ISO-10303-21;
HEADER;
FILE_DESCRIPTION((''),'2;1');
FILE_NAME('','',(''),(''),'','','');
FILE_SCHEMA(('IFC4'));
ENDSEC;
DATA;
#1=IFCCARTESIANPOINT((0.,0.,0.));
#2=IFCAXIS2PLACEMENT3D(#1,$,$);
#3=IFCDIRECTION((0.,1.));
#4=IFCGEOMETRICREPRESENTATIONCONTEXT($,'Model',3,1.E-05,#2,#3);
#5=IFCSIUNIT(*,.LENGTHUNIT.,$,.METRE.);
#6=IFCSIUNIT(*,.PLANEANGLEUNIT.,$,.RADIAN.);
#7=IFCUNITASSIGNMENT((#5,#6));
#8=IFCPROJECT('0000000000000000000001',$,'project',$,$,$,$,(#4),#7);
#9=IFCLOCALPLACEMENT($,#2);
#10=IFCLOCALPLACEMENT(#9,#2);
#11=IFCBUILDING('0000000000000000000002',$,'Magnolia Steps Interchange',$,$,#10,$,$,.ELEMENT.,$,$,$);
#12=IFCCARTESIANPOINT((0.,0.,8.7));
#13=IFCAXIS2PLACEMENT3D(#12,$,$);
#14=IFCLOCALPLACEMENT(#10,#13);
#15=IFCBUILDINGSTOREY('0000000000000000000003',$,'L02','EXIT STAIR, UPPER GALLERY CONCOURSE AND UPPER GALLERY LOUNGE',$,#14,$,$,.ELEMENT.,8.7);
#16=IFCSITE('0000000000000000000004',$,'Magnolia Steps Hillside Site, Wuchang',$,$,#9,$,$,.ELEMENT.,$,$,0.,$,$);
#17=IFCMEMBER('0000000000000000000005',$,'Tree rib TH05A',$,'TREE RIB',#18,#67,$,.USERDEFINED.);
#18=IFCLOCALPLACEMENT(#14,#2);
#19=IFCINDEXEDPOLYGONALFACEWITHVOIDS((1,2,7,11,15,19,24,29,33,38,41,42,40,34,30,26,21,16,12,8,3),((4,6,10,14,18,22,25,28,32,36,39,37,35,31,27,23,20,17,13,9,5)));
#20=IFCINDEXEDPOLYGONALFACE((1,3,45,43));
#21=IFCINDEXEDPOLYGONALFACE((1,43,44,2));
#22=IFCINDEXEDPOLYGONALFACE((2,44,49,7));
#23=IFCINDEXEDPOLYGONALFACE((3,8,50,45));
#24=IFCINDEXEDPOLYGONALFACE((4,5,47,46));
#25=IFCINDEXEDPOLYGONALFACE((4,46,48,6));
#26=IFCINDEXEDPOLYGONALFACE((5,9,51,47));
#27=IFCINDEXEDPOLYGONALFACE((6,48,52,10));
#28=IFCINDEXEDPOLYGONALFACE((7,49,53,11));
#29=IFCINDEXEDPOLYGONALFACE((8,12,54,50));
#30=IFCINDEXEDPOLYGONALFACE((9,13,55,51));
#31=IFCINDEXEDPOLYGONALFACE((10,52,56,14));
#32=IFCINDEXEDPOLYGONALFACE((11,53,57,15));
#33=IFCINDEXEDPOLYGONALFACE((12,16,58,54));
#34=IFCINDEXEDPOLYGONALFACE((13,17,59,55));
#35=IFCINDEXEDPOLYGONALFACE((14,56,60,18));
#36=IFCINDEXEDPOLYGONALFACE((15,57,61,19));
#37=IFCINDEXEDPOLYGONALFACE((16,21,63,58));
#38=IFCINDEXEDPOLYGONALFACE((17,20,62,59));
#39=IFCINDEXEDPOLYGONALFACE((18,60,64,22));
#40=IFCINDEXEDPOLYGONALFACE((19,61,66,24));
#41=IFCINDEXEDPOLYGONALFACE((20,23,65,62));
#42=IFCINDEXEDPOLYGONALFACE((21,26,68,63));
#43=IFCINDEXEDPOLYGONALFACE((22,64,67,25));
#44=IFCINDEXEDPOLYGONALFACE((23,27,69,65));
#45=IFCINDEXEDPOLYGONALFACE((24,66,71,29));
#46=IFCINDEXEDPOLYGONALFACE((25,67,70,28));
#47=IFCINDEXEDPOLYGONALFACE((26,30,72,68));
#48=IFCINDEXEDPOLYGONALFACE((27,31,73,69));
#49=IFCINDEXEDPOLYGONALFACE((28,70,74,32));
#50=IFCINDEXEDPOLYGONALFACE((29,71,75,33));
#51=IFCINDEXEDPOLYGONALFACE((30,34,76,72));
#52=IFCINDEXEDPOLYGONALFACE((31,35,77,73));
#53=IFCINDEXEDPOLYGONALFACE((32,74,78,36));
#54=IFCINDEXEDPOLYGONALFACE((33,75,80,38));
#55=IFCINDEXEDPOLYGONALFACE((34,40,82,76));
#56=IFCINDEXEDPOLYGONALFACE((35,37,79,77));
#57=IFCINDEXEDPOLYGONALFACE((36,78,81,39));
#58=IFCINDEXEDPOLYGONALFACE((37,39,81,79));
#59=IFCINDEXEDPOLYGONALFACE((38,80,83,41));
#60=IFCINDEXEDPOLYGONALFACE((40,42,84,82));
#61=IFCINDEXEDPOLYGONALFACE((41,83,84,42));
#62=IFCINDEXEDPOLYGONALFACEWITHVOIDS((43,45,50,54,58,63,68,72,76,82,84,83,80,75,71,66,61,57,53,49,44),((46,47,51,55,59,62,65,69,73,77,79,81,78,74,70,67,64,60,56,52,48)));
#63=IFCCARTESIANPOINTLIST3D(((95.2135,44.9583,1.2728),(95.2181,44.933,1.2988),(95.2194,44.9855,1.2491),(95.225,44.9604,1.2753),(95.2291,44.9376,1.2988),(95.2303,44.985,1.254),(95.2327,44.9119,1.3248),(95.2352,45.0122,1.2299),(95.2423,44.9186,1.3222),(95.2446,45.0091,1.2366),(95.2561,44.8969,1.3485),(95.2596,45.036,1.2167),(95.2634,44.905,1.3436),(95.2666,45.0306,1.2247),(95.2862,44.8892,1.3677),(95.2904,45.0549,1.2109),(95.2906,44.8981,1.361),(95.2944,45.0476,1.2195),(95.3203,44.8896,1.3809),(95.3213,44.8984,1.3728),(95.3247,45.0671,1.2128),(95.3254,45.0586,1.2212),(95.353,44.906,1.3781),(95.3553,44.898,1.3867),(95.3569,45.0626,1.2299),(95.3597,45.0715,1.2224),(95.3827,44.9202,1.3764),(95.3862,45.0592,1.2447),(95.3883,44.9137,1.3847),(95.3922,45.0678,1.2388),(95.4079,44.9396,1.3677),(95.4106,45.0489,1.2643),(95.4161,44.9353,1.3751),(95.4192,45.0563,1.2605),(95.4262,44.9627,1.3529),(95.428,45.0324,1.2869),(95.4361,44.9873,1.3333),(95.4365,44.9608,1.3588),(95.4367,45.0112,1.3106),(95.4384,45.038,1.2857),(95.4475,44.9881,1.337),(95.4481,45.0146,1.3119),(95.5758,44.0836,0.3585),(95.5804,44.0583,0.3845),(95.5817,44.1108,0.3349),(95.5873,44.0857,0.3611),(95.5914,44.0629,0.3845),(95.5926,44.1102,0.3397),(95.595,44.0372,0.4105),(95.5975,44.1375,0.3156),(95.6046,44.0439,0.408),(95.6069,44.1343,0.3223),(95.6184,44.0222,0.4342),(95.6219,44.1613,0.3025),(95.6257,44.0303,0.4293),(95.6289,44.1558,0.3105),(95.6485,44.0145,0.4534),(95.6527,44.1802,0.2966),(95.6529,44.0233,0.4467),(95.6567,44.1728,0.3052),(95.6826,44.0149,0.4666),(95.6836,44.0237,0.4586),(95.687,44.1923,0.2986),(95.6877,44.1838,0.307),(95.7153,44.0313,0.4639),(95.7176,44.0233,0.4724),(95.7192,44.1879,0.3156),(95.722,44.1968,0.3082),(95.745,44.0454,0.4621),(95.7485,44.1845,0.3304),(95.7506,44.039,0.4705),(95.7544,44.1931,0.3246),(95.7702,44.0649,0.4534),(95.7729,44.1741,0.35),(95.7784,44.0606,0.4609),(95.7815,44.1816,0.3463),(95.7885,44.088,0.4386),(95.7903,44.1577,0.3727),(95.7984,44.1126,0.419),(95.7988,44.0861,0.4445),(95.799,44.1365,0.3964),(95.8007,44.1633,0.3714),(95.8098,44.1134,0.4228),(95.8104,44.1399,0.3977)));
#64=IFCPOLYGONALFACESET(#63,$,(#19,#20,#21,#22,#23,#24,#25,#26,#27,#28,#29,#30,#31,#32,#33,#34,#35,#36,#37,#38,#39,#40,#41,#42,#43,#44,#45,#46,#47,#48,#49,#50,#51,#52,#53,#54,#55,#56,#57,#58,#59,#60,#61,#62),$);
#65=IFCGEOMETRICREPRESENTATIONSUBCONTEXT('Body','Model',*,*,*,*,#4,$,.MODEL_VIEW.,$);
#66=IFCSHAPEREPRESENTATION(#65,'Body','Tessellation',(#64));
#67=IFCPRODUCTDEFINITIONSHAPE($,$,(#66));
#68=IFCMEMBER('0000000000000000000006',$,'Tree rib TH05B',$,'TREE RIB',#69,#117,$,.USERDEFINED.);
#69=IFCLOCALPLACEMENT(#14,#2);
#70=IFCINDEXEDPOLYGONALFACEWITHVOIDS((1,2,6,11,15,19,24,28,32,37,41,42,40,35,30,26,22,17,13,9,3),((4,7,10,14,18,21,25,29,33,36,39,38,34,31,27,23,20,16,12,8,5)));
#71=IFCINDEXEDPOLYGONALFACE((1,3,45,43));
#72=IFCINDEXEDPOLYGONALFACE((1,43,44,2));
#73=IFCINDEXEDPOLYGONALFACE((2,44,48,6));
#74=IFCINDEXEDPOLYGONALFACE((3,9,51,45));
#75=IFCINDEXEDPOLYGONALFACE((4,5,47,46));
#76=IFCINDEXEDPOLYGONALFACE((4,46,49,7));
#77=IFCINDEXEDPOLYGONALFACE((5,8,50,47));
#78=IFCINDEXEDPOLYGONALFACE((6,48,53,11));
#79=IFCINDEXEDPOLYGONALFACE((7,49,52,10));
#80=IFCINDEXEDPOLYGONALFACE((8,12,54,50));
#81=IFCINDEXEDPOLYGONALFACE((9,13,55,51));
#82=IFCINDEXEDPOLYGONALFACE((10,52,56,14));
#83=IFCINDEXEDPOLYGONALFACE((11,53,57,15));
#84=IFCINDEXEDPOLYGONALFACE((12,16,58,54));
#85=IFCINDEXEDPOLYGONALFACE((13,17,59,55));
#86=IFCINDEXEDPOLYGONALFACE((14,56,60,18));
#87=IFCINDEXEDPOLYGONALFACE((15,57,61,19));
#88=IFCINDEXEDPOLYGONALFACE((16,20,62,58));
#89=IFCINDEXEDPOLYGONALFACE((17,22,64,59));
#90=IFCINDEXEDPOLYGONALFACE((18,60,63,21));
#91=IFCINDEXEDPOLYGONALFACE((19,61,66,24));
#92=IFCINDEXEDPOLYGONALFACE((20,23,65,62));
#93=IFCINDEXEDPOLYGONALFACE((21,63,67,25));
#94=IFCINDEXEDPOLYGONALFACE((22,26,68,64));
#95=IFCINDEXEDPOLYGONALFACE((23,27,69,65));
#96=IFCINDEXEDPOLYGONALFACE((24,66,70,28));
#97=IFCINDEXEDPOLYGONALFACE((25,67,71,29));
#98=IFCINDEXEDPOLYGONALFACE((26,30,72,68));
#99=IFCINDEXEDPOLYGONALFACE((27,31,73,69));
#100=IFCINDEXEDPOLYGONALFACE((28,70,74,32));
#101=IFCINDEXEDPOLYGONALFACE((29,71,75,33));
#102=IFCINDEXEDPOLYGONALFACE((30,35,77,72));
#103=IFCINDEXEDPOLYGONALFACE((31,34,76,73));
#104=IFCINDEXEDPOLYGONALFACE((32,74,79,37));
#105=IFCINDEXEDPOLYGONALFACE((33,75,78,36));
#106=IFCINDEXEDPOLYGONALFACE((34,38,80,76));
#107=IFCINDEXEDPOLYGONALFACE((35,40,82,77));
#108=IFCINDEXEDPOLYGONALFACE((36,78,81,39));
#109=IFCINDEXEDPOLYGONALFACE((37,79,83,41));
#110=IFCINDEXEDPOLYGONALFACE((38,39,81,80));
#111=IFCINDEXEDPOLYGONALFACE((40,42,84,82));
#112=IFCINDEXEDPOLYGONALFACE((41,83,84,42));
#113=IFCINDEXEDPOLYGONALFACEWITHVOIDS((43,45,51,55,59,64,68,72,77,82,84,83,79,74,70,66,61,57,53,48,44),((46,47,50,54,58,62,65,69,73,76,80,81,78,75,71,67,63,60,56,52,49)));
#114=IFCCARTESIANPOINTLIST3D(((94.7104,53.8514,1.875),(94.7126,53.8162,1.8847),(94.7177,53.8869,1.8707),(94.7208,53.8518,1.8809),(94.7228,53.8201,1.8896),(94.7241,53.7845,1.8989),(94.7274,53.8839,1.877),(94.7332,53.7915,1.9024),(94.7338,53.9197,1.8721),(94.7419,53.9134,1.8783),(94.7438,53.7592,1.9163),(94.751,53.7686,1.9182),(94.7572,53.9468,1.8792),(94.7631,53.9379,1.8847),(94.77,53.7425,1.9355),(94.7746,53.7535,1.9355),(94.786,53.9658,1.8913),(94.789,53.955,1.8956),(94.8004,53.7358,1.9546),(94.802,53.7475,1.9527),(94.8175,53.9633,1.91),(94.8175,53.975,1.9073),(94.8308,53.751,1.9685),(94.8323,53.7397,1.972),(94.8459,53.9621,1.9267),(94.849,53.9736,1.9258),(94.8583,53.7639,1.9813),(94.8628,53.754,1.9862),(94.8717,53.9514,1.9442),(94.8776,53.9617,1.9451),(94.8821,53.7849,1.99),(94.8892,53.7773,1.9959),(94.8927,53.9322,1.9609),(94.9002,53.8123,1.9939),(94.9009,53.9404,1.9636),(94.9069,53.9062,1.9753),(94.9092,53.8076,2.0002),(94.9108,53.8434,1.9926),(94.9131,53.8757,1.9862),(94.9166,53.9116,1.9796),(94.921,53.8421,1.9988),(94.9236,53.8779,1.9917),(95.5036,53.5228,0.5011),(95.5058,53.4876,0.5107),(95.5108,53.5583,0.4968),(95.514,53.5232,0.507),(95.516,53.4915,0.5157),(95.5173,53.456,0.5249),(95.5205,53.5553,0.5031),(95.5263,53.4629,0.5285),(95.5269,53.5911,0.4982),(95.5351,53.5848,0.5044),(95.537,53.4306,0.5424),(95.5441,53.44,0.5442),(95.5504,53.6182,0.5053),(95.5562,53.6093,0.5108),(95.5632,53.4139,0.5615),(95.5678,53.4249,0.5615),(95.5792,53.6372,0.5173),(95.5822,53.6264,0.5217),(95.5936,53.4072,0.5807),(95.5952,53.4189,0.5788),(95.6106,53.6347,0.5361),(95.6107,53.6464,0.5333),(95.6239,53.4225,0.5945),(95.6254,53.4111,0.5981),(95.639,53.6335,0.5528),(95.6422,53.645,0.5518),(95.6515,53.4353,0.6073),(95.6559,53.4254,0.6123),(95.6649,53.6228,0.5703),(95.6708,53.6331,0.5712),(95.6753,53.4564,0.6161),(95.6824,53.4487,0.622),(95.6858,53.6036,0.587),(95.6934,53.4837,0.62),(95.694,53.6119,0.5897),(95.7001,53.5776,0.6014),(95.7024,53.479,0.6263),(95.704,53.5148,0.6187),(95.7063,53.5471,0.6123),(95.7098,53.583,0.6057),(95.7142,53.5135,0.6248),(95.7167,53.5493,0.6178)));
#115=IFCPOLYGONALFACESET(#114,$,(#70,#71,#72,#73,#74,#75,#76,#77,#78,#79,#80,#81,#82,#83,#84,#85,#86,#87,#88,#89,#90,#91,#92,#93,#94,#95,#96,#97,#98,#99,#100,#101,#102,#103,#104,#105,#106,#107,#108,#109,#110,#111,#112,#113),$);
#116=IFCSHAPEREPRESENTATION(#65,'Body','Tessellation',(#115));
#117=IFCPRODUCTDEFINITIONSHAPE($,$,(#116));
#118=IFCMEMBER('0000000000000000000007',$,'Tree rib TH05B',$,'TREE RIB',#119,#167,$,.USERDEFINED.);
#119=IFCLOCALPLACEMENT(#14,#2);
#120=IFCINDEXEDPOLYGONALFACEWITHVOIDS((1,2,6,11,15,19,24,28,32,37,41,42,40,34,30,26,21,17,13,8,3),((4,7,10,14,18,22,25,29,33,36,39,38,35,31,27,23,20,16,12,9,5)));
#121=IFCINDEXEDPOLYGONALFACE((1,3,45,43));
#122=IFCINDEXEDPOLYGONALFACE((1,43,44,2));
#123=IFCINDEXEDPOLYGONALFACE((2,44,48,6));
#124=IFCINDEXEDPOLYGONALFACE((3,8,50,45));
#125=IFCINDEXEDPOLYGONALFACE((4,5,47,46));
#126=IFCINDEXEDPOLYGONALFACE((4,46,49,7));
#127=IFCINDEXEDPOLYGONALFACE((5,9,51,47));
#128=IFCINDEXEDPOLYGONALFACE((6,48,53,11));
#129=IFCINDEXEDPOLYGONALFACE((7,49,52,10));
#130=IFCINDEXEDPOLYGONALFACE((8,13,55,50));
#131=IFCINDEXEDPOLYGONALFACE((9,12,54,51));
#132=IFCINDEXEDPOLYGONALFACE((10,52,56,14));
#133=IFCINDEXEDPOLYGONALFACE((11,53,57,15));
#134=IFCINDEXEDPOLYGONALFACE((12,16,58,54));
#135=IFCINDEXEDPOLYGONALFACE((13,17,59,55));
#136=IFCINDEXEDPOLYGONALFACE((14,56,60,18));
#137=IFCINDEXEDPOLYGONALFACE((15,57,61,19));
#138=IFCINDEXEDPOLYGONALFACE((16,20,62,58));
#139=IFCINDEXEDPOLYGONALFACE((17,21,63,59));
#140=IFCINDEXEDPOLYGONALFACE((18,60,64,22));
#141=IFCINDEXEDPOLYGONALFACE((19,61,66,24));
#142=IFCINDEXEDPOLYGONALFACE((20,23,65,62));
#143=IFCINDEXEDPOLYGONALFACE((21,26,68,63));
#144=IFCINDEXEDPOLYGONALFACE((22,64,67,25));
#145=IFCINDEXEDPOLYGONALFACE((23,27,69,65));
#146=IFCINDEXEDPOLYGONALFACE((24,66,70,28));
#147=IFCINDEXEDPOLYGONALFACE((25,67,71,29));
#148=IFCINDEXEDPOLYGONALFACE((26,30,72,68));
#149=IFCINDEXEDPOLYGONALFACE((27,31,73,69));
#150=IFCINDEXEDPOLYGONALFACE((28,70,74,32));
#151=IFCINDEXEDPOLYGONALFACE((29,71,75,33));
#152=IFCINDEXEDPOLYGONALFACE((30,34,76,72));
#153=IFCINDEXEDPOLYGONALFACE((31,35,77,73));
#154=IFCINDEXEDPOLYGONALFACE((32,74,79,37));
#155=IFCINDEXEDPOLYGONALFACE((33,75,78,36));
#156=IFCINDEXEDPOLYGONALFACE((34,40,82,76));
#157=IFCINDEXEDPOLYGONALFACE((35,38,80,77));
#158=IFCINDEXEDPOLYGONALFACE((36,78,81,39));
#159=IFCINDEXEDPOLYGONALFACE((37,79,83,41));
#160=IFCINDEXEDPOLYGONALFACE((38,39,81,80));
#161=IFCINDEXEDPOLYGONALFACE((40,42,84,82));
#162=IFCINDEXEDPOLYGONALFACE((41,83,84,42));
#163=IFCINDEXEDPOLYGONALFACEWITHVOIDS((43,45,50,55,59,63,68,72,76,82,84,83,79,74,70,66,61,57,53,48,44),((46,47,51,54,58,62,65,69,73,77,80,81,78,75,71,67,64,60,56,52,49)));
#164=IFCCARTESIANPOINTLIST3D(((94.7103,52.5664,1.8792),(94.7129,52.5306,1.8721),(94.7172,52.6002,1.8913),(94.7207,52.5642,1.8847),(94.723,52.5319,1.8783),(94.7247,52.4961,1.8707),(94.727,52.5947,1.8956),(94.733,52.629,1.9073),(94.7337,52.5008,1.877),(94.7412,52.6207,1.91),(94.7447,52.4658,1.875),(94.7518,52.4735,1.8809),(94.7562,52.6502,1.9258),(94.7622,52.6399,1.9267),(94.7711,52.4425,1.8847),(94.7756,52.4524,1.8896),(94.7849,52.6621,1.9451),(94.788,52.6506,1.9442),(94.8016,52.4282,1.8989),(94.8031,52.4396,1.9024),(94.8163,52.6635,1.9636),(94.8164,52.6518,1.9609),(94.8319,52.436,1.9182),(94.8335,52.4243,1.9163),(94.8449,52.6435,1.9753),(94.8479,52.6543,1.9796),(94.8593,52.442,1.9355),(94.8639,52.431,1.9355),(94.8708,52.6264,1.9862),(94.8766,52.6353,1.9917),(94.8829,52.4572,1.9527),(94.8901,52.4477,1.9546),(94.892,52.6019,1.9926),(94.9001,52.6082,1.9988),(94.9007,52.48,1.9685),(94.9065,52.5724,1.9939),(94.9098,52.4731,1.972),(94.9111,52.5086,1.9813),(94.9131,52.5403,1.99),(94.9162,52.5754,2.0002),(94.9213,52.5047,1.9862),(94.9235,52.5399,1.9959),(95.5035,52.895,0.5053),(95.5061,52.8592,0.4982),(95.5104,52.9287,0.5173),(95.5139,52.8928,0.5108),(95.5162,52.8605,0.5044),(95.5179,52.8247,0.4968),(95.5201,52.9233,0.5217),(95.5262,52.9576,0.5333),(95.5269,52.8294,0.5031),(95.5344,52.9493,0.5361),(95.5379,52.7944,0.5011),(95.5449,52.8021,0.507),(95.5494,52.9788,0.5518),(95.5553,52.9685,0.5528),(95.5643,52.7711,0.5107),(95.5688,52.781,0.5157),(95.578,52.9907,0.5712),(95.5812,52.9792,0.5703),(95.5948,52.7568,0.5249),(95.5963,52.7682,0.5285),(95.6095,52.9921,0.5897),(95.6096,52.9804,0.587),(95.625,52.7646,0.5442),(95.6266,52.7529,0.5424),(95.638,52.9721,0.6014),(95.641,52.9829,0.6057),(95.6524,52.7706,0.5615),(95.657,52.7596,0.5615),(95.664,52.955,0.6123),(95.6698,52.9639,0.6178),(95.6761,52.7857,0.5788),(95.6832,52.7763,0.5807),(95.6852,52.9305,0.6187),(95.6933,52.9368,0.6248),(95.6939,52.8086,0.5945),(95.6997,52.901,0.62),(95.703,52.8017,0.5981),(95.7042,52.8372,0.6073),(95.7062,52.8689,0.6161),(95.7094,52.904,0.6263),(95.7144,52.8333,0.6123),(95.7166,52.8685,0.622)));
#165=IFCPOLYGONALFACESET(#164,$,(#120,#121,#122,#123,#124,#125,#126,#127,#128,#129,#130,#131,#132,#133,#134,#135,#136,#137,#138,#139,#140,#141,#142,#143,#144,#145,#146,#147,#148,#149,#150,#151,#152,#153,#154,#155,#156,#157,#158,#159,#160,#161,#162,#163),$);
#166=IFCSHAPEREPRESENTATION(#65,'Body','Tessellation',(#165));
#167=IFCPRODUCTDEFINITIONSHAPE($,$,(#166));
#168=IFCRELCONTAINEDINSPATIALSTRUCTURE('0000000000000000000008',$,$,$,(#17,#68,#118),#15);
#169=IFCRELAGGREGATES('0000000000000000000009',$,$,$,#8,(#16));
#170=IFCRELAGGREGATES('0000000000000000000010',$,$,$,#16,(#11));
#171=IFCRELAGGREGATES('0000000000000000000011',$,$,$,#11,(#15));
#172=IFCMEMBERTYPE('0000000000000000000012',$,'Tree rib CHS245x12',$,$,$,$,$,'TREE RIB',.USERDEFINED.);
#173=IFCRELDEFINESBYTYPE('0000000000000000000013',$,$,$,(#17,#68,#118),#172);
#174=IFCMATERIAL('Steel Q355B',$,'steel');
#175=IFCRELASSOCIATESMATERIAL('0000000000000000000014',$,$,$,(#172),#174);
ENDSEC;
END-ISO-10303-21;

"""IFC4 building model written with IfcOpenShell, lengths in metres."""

from ifc_helpers import new_model, si_unit, direction, frame, origin, origin_2d, place, context, subcontext, project, spatial, hollow_circle, extrude, material, material_profile, profile_set, type_object, element, save


model = new_model("IFC4")

# Units and contexts
model_context = context("Model", 3, precision=1e-05, world=origin(), true_north=direction((0.0, 1.0)))
body_context = subcontext(model_context, "Body", "Model", "MODEL_VIEW")
ifc_project = project(units=[si_unit("LENGTHUNIT", "METRE"), si_unit("PLANEANGLEUNIT", "RADIAN")], contexts=[model_context])

# Site, building, storey
site_placement = place(None, origin())
site = spatial("IfcSite", under=ifc_project, at=site_placement, Name="Magnolia Steps Hillside Site, Wuchang", CompositionType="ELEMENT", RefElevation=0.0)
building_placement = place(site_placement, origin())
building = spatial("IfcBuilding", under=site, at=building_placement, Name="Magnolia Steps Interchange", CompositionType="ELEMENT")
storey_placement = place(building_placement, frame((0.0, 0.0, 8.7)))
storey = spatial("IfcBuildingStorey", under=building, at=storey_placement, Name="L02", Description="EXIT STAIR, UPPER GALLERY CONCOURSE AND UPPER GALLERY LOUNGE", CompositionType="ELEMENT", Elevation=8.7)

# Members
ifc_material_1 = material(Name="Steel Q355B", Category="steel")
ifc_material_profile_1 = material_profile(ifc_material_1, hollow_circle(Radius=0.1226, WallThickness=0.012, at=origin_2d()), Name="CHS245x12")
ifc_profile_set_1 = profile_set([ifc_material_profile_1], Name="Steel Q355B")
member_type = type_object("IfcMemberType", Name="Tree rib CHS245x12", ElementType="TREE RIB", PredefinedType="USERDEFINED", material=ifc_profile_set_1)
member_1_placement = place(storey_placement, frame((95.6936, 44.1052, 0.3845), z_axis=(-0.275263, 0.6646, 0.694649), x_axis=(-0.923891, -0.382655, 0.0)))
element("IfcMember", 1, at=member_1_placement, inside=storey, type_object=member_type, Name="Tree rib TH05A", ObjectType="TREE RIB", PredefinedType="USERDEFINED", context=body_context, shape_type="SweptSolid", body=[
    extrude(hollow_circle(Radius=0.1226, WallThickness=0.012, at=origin_2d()), origin(), (0.0, 0.0, 1.0), 1.3162),
])
for number, where, z_axis, x_axis, name in (
    (2, (95.6101, 53.5271, 0.5615), (-0.489571, 0.20282, 0.848047), (-0.382737, -0.923857, 0.0), "Tree rib TH05B"),
    (3, (95.6101, 52.8728, 0.5615), (-0.489571, -0.20282, 0.848047), (0.382737, -0.923857, 0.0), "Tree rib TH05B"),
):
    element("IfcMember", number, at=place(storey_placement, frame(where, z_axis=z_axis, x_axis=x_axis)), inside=storey, type_object=member_type, Name=name, ObjectType="TREE RIB", PredefinedType="USERDEFINED", context=body_context, shape_type="SweptSolid", body=[
        extrude(hollow_circle(Radius=0.1226, WallThickness=0.012, at=origin_2d()), origin(), (0.0, 0.0, 1.0), 1.6201),
    ])

save(model, "model.ifc")
